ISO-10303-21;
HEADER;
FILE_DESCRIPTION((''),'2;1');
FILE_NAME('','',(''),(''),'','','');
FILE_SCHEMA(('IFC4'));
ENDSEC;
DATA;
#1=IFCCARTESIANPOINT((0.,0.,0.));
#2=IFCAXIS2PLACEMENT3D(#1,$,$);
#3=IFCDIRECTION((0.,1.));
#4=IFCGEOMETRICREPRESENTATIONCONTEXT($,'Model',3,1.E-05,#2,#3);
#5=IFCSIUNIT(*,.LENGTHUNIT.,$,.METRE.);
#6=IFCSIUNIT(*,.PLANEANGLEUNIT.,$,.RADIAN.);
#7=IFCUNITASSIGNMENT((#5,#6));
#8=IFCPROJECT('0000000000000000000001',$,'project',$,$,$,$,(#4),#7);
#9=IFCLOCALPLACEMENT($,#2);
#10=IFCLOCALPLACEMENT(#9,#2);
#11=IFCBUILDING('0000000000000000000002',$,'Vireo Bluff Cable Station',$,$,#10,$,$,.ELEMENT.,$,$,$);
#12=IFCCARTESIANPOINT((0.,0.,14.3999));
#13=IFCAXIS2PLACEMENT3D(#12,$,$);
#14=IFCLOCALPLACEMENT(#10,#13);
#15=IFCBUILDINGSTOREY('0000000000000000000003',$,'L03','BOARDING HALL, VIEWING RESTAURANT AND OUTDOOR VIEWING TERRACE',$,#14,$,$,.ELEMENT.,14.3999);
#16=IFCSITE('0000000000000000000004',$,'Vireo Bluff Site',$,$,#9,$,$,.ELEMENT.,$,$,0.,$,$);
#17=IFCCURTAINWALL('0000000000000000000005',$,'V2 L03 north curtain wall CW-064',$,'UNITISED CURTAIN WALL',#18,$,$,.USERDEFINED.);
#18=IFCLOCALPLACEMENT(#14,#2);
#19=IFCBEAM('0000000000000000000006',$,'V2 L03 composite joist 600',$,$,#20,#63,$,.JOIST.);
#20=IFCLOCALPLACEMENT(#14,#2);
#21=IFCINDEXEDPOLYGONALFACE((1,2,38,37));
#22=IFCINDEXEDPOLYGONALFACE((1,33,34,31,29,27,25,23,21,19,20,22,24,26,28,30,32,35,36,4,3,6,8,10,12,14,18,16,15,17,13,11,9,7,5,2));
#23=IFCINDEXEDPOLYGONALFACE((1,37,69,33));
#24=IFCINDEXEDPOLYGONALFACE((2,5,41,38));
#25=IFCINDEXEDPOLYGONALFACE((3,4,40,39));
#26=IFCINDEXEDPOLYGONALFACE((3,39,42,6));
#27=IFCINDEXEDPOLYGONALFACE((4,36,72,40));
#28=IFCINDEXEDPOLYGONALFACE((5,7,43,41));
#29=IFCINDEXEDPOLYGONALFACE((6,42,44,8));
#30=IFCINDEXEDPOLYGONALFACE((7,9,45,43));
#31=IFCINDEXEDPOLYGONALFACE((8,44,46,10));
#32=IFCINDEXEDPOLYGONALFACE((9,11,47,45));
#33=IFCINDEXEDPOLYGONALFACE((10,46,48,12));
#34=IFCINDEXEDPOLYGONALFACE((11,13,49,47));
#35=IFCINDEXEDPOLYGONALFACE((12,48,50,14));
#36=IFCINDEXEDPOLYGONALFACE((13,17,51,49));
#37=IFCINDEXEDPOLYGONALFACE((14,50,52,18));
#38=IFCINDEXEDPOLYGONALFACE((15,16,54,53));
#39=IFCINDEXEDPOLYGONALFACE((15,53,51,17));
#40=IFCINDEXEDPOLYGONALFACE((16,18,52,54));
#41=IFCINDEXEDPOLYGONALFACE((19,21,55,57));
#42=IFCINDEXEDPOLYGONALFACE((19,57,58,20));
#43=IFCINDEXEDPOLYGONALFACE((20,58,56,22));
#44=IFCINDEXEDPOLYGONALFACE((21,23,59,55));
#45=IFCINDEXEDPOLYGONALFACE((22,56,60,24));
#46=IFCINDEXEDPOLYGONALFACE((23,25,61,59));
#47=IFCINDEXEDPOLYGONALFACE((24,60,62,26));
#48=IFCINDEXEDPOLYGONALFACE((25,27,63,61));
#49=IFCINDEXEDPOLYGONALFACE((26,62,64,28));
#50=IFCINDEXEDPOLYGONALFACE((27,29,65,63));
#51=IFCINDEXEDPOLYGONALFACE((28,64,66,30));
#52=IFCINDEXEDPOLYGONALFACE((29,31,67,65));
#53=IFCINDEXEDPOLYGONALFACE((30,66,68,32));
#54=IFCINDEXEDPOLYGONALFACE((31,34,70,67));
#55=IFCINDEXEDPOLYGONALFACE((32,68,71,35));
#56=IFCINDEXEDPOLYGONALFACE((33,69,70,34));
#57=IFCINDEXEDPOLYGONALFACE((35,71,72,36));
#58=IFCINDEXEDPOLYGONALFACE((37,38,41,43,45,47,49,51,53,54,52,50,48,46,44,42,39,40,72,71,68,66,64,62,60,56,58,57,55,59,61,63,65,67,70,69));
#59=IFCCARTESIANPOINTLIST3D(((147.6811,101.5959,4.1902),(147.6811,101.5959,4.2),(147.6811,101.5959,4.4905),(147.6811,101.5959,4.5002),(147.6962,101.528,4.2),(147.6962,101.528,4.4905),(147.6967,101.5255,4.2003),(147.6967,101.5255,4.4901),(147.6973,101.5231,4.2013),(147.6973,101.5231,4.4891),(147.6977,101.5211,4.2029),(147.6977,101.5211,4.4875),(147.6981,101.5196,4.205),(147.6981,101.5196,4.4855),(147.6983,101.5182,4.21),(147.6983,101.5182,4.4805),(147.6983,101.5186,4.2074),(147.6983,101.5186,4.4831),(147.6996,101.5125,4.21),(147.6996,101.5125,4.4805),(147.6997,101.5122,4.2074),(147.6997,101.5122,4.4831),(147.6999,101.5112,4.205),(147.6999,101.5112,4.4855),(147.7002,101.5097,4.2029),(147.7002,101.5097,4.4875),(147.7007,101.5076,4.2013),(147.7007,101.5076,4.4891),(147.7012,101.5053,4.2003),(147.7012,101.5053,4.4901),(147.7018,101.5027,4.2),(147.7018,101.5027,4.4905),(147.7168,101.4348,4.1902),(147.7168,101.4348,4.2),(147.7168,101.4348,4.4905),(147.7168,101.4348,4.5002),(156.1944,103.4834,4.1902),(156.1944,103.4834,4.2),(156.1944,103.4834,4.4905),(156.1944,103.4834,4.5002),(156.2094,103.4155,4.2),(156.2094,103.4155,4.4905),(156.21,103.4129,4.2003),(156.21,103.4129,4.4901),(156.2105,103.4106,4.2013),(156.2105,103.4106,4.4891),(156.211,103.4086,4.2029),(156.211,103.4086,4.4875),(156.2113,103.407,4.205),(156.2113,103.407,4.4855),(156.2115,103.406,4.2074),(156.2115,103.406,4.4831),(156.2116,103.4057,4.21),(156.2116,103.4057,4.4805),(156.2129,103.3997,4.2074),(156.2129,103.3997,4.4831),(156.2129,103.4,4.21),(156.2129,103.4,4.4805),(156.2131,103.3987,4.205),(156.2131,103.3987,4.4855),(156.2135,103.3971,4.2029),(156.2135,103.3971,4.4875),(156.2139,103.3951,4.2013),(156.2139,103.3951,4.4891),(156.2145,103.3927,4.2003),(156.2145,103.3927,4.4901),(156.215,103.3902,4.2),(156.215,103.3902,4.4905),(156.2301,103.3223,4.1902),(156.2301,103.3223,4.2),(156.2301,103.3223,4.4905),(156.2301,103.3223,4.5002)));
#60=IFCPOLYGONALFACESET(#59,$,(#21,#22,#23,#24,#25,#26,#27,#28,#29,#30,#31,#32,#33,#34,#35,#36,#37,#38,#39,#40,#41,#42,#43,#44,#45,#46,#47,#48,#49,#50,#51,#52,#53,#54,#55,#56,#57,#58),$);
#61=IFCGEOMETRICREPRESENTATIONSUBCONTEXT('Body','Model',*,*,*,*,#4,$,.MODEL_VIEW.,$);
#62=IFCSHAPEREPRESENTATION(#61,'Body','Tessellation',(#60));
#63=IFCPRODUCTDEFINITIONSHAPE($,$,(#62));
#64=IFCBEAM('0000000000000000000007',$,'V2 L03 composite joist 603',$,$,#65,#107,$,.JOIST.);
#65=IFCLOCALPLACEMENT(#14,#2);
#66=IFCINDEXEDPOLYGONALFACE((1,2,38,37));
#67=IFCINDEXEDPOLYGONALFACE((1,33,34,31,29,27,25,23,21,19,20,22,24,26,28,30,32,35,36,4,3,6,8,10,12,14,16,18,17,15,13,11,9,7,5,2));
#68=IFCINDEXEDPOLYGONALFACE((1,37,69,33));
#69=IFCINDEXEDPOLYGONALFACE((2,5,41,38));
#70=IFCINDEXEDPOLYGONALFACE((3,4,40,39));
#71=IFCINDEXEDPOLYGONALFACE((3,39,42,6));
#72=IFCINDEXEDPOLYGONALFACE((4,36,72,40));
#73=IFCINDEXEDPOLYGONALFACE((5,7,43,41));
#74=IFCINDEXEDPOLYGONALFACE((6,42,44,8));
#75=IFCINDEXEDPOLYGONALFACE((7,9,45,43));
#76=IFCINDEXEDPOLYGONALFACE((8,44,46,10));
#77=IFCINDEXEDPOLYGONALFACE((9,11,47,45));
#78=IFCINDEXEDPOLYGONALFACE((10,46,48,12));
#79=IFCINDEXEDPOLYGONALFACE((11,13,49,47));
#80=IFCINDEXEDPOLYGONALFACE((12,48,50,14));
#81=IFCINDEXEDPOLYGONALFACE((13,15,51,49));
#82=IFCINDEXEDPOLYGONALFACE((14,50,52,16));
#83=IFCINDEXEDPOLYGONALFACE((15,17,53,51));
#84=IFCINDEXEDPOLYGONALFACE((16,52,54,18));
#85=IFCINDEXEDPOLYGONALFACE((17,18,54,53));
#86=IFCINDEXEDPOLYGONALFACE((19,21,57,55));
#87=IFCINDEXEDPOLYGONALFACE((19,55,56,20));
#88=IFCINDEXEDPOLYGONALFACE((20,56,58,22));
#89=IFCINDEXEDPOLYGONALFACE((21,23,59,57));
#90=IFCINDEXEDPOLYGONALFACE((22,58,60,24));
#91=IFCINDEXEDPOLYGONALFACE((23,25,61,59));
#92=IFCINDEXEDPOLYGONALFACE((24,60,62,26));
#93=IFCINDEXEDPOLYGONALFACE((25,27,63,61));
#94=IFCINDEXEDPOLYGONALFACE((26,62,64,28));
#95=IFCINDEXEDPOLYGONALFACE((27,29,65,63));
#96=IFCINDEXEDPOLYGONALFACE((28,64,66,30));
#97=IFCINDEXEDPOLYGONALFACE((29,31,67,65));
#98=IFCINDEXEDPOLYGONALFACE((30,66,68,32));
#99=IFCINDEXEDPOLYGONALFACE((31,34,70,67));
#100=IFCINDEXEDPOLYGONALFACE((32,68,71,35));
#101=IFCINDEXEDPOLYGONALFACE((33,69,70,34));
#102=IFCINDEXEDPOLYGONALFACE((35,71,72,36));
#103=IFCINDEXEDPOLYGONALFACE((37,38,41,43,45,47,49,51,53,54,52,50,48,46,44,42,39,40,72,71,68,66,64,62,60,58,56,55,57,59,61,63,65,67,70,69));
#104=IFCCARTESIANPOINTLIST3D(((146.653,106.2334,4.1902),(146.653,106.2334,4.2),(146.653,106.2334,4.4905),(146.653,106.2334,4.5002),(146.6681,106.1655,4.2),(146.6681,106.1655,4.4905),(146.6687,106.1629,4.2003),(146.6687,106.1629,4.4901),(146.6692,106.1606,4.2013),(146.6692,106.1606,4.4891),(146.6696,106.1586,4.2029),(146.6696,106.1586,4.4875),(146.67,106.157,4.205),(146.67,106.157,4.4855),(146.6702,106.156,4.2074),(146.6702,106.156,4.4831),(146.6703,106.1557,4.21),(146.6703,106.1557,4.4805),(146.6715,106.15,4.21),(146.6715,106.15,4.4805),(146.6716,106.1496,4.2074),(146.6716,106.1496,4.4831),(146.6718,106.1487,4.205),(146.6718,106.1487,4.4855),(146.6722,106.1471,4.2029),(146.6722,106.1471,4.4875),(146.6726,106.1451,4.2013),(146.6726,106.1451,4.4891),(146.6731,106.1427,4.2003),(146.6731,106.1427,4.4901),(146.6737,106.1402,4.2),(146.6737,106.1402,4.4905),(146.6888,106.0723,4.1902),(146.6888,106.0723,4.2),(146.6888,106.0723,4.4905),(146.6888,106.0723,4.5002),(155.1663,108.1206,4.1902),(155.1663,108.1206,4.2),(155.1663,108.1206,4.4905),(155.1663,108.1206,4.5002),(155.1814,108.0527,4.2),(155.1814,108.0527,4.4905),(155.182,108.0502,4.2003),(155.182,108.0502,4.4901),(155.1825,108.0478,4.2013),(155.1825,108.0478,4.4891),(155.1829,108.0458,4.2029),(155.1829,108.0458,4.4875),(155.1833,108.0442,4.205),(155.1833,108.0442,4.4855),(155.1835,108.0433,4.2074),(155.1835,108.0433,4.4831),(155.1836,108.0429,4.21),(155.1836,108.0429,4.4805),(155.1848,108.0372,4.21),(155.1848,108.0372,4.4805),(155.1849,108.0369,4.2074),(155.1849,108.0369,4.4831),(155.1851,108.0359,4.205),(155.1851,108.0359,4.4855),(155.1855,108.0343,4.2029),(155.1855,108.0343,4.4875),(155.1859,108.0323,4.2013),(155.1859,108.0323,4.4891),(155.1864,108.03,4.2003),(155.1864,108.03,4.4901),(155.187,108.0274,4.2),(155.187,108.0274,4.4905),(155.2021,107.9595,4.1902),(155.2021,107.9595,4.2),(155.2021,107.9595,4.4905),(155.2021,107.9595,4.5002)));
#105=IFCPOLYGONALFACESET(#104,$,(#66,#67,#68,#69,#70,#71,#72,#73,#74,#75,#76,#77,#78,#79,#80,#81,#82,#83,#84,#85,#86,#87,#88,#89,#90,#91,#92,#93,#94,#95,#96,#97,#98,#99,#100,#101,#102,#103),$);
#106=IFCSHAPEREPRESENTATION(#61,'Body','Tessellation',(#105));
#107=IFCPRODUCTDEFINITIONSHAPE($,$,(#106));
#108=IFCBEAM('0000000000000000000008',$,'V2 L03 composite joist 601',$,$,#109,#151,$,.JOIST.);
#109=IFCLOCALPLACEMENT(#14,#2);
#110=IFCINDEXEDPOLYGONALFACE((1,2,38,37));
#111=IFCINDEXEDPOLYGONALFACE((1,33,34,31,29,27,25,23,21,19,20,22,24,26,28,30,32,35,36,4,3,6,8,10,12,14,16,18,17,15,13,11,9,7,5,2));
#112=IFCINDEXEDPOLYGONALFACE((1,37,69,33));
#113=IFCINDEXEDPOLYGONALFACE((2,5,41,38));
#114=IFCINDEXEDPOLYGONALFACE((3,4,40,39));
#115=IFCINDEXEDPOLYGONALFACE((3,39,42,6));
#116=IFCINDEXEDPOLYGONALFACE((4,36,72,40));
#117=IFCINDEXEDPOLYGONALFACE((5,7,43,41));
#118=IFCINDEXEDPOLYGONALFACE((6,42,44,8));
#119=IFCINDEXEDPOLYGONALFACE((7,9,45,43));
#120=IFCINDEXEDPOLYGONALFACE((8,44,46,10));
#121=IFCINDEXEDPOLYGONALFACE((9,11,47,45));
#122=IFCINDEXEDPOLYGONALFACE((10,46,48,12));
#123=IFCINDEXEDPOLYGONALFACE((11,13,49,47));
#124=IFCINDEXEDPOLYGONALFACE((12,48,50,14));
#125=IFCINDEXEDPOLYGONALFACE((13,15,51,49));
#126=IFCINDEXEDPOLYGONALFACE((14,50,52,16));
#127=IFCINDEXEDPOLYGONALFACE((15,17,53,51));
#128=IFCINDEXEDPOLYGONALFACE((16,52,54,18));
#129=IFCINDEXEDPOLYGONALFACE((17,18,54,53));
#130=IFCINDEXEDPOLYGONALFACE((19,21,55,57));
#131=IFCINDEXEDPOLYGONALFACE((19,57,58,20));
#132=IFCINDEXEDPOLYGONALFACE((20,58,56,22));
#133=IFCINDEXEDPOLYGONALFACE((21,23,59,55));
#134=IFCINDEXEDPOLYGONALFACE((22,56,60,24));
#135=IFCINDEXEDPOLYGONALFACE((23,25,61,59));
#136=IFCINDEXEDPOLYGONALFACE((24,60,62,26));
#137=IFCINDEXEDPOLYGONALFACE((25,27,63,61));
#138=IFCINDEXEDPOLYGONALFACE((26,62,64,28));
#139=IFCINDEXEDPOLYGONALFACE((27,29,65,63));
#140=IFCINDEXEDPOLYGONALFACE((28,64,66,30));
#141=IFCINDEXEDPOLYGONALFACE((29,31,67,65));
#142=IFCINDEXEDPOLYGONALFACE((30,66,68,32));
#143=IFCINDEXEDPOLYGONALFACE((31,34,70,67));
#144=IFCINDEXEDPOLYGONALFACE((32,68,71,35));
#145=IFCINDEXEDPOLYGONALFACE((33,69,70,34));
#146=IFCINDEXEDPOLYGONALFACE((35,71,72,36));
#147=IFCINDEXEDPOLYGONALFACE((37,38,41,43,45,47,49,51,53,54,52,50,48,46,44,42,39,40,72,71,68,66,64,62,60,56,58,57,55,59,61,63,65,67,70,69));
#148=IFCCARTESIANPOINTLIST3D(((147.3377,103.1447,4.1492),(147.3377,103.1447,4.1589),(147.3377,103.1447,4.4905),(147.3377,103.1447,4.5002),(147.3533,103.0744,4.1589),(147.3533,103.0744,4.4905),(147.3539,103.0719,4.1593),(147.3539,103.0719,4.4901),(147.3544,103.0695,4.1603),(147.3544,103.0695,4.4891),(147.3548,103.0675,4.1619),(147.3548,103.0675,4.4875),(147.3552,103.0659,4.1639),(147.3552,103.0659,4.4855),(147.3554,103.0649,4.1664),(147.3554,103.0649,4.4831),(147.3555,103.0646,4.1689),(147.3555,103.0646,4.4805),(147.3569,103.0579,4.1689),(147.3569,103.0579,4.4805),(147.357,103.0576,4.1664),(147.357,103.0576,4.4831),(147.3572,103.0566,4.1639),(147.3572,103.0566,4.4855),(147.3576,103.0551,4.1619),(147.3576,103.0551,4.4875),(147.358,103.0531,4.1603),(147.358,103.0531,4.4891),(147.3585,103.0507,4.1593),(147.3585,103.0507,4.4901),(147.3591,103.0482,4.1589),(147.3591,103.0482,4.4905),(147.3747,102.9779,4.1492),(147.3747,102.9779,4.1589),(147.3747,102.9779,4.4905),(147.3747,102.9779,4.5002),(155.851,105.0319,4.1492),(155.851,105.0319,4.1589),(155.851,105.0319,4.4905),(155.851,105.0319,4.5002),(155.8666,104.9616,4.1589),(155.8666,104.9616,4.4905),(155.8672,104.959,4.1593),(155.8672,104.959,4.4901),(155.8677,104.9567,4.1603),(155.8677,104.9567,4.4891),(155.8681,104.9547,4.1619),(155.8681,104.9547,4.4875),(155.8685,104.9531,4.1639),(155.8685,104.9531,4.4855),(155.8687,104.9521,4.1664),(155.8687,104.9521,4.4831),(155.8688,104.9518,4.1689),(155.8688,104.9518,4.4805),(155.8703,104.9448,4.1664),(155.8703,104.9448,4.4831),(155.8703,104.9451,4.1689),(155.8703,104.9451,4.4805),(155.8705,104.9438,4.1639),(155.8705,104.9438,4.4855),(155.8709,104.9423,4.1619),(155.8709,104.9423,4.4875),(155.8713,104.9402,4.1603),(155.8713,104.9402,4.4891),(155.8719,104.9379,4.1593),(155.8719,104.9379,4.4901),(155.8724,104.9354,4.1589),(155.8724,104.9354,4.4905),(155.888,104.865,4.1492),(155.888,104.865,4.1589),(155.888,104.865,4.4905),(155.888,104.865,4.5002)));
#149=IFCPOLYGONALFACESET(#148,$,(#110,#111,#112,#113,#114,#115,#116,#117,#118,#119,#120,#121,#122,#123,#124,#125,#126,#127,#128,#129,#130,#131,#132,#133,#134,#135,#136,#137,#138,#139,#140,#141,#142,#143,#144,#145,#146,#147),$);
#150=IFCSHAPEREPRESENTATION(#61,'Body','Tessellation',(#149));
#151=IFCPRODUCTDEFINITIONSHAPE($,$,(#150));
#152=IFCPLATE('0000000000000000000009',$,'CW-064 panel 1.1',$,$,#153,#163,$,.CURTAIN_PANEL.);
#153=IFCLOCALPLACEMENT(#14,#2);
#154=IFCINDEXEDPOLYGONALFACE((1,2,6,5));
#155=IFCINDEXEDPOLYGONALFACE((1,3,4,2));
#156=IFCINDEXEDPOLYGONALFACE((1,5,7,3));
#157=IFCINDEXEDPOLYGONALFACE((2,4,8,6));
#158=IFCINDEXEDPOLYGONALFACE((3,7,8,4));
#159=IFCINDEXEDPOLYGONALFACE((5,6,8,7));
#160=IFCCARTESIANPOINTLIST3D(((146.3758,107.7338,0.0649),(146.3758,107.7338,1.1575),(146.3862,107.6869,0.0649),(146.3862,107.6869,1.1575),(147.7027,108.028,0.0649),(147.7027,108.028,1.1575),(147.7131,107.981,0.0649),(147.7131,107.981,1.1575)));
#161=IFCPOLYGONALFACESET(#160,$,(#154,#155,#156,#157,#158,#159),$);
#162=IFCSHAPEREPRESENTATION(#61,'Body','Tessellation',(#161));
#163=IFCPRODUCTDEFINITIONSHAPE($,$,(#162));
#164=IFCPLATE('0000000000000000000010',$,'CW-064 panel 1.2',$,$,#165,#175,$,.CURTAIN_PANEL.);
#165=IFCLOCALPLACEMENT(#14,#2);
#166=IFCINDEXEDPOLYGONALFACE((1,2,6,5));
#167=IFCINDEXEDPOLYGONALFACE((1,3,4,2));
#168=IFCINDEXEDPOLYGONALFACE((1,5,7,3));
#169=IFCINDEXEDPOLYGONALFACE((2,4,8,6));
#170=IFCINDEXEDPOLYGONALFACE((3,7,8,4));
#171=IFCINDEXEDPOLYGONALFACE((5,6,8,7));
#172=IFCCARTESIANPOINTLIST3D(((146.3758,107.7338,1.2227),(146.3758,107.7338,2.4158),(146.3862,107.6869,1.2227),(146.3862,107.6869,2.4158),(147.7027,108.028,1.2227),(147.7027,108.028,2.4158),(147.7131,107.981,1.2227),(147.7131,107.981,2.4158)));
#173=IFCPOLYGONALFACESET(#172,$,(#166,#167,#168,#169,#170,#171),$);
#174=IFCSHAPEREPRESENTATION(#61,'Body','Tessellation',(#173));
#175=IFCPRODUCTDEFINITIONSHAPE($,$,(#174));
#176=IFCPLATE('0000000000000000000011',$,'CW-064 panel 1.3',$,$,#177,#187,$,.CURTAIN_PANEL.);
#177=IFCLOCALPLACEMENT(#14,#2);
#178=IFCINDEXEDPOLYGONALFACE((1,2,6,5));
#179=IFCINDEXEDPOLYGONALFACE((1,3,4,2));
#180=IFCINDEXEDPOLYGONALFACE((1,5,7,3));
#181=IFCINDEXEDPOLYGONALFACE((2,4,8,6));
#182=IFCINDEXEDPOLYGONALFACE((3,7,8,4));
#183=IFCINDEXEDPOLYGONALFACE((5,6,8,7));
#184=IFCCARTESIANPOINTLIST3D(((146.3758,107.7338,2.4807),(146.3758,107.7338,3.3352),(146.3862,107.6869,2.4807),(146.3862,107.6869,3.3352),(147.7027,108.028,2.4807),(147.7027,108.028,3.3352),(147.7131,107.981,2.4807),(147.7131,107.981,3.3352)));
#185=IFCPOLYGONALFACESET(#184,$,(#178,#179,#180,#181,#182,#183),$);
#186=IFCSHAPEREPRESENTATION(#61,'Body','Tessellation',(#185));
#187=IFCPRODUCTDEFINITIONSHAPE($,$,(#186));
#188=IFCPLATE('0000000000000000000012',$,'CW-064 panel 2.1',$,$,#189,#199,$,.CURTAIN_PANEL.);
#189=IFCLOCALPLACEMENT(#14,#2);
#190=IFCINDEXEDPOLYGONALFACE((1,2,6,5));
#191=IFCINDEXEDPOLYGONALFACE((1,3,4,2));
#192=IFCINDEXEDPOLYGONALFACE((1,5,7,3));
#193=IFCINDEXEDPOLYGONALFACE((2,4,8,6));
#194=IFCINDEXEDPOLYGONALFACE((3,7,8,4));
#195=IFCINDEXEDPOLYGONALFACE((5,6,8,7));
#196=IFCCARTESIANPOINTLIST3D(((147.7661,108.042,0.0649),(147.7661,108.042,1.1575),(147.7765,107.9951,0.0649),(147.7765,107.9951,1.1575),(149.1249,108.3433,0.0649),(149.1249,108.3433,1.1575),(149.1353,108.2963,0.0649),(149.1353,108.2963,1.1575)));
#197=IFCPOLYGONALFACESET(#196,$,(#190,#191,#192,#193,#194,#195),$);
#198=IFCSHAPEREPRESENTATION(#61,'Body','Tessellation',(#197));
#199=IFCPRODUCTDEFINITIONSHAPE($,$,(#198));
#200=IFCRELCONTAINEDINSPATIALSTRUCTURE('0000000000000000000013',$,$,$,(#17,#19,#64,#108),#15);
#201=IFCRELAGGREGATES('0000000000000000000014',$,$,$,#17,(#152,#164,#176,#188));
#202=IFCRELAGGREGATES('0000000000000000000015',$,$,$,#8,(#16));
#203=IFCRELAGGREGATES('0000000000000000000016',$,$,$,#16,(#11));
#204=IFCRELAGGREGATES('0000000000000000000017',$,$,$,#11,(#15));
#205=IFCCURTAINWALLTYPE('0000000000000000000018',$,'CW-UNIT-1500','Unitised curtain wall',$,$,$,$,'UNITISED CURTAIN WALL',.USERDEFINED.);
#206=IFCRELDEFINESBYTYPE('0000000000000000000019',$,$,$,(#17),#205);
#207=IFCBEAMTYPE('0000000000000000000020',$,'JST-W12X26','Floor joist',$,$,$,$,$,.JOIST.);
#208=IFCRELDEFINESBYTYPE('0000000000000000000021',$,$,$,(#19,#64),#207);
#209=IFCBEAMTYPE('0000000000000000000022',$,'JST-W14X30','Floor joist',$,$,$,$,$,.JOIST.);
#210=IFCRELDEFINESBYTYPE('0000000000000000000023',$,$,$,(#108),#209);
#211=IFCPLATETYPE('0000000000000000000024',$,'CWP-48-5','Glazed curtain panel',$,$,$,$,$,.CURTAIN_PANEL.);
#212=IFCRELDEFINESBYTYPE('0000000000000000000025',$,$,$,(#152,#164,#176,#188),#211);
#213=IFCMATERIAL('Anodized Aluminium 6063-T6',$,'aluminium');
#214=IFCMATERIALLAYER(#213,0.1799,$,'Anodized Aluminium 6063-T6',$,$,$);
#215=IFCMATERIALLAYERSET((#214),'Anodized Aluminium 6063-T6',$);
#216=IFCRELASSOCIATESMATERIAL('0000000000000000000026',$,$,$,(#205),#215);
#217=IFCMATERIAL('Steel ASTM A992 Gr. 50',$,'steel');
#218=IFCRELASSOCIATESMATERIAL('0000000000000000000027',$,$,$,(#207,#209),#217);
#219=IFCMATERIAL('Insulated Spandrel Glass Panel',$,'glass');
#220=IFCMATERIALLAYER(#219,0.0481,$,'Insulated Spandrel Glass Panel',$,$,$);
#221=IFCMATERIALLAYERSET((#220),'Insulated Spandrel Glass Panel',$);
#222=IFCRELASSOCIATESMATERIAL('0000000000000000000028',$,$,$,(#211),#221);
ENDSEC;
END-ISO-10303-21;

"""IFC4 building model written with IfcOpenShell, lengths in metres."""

from ifc_helpers import new_model, si_unit, direction, frame, origin, origin_2d, place, context, subcontext, project, spatial, rectangle, i_section, extrude, material, layer, layer_set, material_profile, profile_set, type_object, element, aggregate, save


model = new_model("IFC4")

# Units and contexts
model_context = context("Model", 3, precision=1e-05, world=origin(), true_north=direction((0.0, 1.0)))
body_context = subcontext(model_context, "Body", "Model", "MODEL_VIEW")
ifc_project = project(units=[si_unit("LENGTHUNIT", "METRE"), si_unit("PLANEANGLEUNIT", "RADIAN")], contexts=[model_context])

# Site, building, storey
site_placement = place(None, origin())
site = spatial("IfcSite", under=ifc_project, at=site_placement, Name="Vireo Bluff Site", CompositionType="ELEMENT", RefElevation=0.0)
building_placement = place(site_placement, origin())
building = spatial("IfcBuilding", under=site, at=building_placement, Name="Vireo Bluff Cable Station", CompositionType="ELEMENT")
storey_placement = place(building_placement, frame((0.0, 0.0, 14.3999)))
storey = spatial("IfcBuildingStorey", under=building, at=storey_placement, Name="L03", Description="BOARDING HALL, VIEWING RESTAURANT AND OUTDOOR VIEWING TERRACE", CompositionType="ELEMENT", Elevation=14.3999)

# Curtain wall
ifc_material_1 = material(Name="Anodized Aluminium 6063-T6", Category="aluminium")
ifc_layer_1 = layer(ifc_material_1, 0.1799, Name="Anodized Aluminium 6063-T6")
ifc_layer_set_1 = layer_set([ifc_layer_1], Name="Anodized Aluminium 6063-T6")
curtain_wall_type = type_object("IfcCurtainWallType", Name="CW-UNIT-1500", Description="Unitised curtain wall", ElementType="UNITISED CURTAIN WALL", PredefinedType="USERDEFINED", material=ifc_layer_set_1)
curtain_wall_placement = place(storey_placement, origin())
curtain_wall = element("IfcCurtainWall", 1, at=curtain_wall_placement, inside=storey, type_object=curtain_wall_type, Name="V2 L03 north curtain wall CW-064", ObjectType="UNITISED CURTAIN WALL", PredefinedType="USERDEFINED")

# Beams
ifc_material_2 = material(Name="Steel ASTM A992 Gr. 50", Category="steel")
ifc_material_profile_1 = material_profile(ifc_material_2, i_section(OverallWidth=0.165, OverallDepth=0.3101, WebThickness=0.0059, FlangeThickness=0.0098, FilletRadius=0.01, at=origin_2d()), Name="W12X26")
ifc_profile_set_1 = profile_set([ifc_material_profile_1], Name="Steel ASTM A992 Gr. 50")
beam_type_1 = type_object("IfcBeamType", Name="JST-W12X26", Description="Floor joist", PredefinedType="JOIST", material=ifc_profile_set_1)
for number, where, z_axis, x_axis, name in (
    (2, (147.699, 101.5154, 4.3452), (0.976293, 0.216453, 0.0), (-0.216453, 0.976293, 0.0), "V2 L03 composite joist 600"),
    (3, (146.6709, 106.1528, 4.3452), (0.976299, 0.216426, 0.0), (-0.216426, 0.976299, 0.0), "V2 L03 composite joist 603"),
):
    element("IfcBeam", number, at=place(storey_placement, frame(where, z_axis=z_axis, x_axis=x_axis)), inside=storey, type_object=beam_type_1, Name=name, PredefinedType="JOIST", context=body_context, shape_type="SweptSolid", body=[
        extrude(i_section(OverallWidth=0.165, OverallDepth=0.3101, WebThickness=0.0059, FlangeThickness=0.0098, FilletRadius=0.01, at=origin_2d()), origin(), (0.0, 0.0, 1.0), 8.72),
    ])
ifc_material_profile_2 = material_profile(ifc_material_2, i_section(OverallWidth=0.1709, OverallDepth=0.3511, WebThickness=0.0068, FlangeThickness=0.0098, FilletRadius=0.01, at=origin_2d()), Name="W14X30")
ifc_profile_set_2 = profile_set([ifc_material_profile_2], Name="Steel ASTM A992 Gr. 50")
beam_type_2 = type_object("IfcBeamType", Name="JST-W14X30", Description="Floor joist", PredefinedType="JOIST", material=ifc_profile_set_2)
beam_1_placement = place(storey_placement, frame((147.3562, 103.0613, 4.3247), z_axis=(0.9763, 0.216421, 0.0), x_axis=(-0.216421, 0.9763, 0.0)))
element("IfcBeam", 4, at=beam_1_placement, inside=storey, type_object=beam_type_2, Name="V2 L03 composite joist 601", PredefinedType="JOIST", context=body_context, shape_type="SweptSolid", body=[
    extrude(i_section(OverallWidth=0.1709, OverallDepth=0.3511, WebThickness=0.0068, FlangeThickness=0.0098, FilletRadius=0.01, at=origin_2d()), origin(), (0.0, 0.0, 1.0), 8.72),
])

# Plates
ifc_material_3 = material(Name="Insulated Spandrel Glass Panel", Category="glass")
ifc_layer_2 = layer(ifc_material_3, 0.0481, Name="Insulated Spandrel Glass Panel")
ifc_layer_set_2 = layer_set([ifc_layer_2], Name="Insulated Spandrel Glass Panel")
plate_type = type_object("IfcPlateType", Name="CWP-48-5", Description="Glazed curtain panel", PredefinedType="CURTAIN_PANEL", material=ifc_layer_set_2)
plate_1_placement = place(storey_placement, frame((147.0444, 107.8574, 0.0649), z_axis=(0.0, 0.0, 1.0), x_axis=(0.976296, 0.21644, 0.0)))
plate_1 = element("IfcPlate", 5, at=plate_1_placement, type_object=plate_type, Name="CW-064 panel 1.1", PredefinedType="CURTAIN_PANEL", context=body_context, shape_type="SweptSolid", body=[
    extrude(rectangle(XDim=1.3591, YDim=0.0481, at=origin_2d()), origin(), (0.0, 0.0, 1.0), 1.0925),
])
plate_2_placement = place(storey_placement, frame((147.0444, 107.8574, 1.2227), z_axis=(0.0, 0.0, 1.0), x_axis=(0.976296, 0.21644, 0.0)))
plate_2 = element("IfcPlate", 6, at=plate_2_placement, type_object=plate_type, Name="CW-064 panel 1.2", PredefinedType="CURTAIN_PANEL", context=body_context, shape_type="SweptSolid", body=[
    extrude(rectangle(XDim=1.3591, YDim=0.0481, at=origin_2d()), origin(), (0.0, 0.0, 1.0), 1.1931),
])
plate_3_placement = place(storey_placement, frame((147.0444, 107.8574, 2.4807), z_axis=(0.0, 0.0, 1.0), x_axis=(0.976296, 0.21644, 0.0)))
plate_3 = element("IfcPlate", 7, at=plate_3_placement, type_object=plate_type, Name="CW-064 panel 1.3", PredefinedType="CURTAIN_PANEL", context=body_context, shape_type="SweptSolid", body=[
    extrude(rectangle(XDim=1.3591, YDim=0.0481, at=origin_2d()), origin(), (0.0, 0.0, 1.0), 0.8545),
])
plate_4_placement = place(storey_placement, frame((148.4507, 108.1692, 0.0649), z_axis=(0.0, 0.0, 1.0), x_axis=(0.976296, 0.21644, 0.0)))
plate_4 = element("IfcPlate", 8, at=plate_4_placement, type_object=plate_type, Name="CW-064 panel 2.1", PredefinedType="CURTAIN_PANEL", context=body_context, shape_type="SweptSolid", body=[
    extrude(rectangle(XDim=1.3918, YDim=0.0481, at=origin_2d()), origin(), (0.0, 0.0, 1.0), 1.0925),
])
aggregate(curtain_wall, [plate_1, plate_2, plate_3, plate_4])

save(model, "model.ifc")
